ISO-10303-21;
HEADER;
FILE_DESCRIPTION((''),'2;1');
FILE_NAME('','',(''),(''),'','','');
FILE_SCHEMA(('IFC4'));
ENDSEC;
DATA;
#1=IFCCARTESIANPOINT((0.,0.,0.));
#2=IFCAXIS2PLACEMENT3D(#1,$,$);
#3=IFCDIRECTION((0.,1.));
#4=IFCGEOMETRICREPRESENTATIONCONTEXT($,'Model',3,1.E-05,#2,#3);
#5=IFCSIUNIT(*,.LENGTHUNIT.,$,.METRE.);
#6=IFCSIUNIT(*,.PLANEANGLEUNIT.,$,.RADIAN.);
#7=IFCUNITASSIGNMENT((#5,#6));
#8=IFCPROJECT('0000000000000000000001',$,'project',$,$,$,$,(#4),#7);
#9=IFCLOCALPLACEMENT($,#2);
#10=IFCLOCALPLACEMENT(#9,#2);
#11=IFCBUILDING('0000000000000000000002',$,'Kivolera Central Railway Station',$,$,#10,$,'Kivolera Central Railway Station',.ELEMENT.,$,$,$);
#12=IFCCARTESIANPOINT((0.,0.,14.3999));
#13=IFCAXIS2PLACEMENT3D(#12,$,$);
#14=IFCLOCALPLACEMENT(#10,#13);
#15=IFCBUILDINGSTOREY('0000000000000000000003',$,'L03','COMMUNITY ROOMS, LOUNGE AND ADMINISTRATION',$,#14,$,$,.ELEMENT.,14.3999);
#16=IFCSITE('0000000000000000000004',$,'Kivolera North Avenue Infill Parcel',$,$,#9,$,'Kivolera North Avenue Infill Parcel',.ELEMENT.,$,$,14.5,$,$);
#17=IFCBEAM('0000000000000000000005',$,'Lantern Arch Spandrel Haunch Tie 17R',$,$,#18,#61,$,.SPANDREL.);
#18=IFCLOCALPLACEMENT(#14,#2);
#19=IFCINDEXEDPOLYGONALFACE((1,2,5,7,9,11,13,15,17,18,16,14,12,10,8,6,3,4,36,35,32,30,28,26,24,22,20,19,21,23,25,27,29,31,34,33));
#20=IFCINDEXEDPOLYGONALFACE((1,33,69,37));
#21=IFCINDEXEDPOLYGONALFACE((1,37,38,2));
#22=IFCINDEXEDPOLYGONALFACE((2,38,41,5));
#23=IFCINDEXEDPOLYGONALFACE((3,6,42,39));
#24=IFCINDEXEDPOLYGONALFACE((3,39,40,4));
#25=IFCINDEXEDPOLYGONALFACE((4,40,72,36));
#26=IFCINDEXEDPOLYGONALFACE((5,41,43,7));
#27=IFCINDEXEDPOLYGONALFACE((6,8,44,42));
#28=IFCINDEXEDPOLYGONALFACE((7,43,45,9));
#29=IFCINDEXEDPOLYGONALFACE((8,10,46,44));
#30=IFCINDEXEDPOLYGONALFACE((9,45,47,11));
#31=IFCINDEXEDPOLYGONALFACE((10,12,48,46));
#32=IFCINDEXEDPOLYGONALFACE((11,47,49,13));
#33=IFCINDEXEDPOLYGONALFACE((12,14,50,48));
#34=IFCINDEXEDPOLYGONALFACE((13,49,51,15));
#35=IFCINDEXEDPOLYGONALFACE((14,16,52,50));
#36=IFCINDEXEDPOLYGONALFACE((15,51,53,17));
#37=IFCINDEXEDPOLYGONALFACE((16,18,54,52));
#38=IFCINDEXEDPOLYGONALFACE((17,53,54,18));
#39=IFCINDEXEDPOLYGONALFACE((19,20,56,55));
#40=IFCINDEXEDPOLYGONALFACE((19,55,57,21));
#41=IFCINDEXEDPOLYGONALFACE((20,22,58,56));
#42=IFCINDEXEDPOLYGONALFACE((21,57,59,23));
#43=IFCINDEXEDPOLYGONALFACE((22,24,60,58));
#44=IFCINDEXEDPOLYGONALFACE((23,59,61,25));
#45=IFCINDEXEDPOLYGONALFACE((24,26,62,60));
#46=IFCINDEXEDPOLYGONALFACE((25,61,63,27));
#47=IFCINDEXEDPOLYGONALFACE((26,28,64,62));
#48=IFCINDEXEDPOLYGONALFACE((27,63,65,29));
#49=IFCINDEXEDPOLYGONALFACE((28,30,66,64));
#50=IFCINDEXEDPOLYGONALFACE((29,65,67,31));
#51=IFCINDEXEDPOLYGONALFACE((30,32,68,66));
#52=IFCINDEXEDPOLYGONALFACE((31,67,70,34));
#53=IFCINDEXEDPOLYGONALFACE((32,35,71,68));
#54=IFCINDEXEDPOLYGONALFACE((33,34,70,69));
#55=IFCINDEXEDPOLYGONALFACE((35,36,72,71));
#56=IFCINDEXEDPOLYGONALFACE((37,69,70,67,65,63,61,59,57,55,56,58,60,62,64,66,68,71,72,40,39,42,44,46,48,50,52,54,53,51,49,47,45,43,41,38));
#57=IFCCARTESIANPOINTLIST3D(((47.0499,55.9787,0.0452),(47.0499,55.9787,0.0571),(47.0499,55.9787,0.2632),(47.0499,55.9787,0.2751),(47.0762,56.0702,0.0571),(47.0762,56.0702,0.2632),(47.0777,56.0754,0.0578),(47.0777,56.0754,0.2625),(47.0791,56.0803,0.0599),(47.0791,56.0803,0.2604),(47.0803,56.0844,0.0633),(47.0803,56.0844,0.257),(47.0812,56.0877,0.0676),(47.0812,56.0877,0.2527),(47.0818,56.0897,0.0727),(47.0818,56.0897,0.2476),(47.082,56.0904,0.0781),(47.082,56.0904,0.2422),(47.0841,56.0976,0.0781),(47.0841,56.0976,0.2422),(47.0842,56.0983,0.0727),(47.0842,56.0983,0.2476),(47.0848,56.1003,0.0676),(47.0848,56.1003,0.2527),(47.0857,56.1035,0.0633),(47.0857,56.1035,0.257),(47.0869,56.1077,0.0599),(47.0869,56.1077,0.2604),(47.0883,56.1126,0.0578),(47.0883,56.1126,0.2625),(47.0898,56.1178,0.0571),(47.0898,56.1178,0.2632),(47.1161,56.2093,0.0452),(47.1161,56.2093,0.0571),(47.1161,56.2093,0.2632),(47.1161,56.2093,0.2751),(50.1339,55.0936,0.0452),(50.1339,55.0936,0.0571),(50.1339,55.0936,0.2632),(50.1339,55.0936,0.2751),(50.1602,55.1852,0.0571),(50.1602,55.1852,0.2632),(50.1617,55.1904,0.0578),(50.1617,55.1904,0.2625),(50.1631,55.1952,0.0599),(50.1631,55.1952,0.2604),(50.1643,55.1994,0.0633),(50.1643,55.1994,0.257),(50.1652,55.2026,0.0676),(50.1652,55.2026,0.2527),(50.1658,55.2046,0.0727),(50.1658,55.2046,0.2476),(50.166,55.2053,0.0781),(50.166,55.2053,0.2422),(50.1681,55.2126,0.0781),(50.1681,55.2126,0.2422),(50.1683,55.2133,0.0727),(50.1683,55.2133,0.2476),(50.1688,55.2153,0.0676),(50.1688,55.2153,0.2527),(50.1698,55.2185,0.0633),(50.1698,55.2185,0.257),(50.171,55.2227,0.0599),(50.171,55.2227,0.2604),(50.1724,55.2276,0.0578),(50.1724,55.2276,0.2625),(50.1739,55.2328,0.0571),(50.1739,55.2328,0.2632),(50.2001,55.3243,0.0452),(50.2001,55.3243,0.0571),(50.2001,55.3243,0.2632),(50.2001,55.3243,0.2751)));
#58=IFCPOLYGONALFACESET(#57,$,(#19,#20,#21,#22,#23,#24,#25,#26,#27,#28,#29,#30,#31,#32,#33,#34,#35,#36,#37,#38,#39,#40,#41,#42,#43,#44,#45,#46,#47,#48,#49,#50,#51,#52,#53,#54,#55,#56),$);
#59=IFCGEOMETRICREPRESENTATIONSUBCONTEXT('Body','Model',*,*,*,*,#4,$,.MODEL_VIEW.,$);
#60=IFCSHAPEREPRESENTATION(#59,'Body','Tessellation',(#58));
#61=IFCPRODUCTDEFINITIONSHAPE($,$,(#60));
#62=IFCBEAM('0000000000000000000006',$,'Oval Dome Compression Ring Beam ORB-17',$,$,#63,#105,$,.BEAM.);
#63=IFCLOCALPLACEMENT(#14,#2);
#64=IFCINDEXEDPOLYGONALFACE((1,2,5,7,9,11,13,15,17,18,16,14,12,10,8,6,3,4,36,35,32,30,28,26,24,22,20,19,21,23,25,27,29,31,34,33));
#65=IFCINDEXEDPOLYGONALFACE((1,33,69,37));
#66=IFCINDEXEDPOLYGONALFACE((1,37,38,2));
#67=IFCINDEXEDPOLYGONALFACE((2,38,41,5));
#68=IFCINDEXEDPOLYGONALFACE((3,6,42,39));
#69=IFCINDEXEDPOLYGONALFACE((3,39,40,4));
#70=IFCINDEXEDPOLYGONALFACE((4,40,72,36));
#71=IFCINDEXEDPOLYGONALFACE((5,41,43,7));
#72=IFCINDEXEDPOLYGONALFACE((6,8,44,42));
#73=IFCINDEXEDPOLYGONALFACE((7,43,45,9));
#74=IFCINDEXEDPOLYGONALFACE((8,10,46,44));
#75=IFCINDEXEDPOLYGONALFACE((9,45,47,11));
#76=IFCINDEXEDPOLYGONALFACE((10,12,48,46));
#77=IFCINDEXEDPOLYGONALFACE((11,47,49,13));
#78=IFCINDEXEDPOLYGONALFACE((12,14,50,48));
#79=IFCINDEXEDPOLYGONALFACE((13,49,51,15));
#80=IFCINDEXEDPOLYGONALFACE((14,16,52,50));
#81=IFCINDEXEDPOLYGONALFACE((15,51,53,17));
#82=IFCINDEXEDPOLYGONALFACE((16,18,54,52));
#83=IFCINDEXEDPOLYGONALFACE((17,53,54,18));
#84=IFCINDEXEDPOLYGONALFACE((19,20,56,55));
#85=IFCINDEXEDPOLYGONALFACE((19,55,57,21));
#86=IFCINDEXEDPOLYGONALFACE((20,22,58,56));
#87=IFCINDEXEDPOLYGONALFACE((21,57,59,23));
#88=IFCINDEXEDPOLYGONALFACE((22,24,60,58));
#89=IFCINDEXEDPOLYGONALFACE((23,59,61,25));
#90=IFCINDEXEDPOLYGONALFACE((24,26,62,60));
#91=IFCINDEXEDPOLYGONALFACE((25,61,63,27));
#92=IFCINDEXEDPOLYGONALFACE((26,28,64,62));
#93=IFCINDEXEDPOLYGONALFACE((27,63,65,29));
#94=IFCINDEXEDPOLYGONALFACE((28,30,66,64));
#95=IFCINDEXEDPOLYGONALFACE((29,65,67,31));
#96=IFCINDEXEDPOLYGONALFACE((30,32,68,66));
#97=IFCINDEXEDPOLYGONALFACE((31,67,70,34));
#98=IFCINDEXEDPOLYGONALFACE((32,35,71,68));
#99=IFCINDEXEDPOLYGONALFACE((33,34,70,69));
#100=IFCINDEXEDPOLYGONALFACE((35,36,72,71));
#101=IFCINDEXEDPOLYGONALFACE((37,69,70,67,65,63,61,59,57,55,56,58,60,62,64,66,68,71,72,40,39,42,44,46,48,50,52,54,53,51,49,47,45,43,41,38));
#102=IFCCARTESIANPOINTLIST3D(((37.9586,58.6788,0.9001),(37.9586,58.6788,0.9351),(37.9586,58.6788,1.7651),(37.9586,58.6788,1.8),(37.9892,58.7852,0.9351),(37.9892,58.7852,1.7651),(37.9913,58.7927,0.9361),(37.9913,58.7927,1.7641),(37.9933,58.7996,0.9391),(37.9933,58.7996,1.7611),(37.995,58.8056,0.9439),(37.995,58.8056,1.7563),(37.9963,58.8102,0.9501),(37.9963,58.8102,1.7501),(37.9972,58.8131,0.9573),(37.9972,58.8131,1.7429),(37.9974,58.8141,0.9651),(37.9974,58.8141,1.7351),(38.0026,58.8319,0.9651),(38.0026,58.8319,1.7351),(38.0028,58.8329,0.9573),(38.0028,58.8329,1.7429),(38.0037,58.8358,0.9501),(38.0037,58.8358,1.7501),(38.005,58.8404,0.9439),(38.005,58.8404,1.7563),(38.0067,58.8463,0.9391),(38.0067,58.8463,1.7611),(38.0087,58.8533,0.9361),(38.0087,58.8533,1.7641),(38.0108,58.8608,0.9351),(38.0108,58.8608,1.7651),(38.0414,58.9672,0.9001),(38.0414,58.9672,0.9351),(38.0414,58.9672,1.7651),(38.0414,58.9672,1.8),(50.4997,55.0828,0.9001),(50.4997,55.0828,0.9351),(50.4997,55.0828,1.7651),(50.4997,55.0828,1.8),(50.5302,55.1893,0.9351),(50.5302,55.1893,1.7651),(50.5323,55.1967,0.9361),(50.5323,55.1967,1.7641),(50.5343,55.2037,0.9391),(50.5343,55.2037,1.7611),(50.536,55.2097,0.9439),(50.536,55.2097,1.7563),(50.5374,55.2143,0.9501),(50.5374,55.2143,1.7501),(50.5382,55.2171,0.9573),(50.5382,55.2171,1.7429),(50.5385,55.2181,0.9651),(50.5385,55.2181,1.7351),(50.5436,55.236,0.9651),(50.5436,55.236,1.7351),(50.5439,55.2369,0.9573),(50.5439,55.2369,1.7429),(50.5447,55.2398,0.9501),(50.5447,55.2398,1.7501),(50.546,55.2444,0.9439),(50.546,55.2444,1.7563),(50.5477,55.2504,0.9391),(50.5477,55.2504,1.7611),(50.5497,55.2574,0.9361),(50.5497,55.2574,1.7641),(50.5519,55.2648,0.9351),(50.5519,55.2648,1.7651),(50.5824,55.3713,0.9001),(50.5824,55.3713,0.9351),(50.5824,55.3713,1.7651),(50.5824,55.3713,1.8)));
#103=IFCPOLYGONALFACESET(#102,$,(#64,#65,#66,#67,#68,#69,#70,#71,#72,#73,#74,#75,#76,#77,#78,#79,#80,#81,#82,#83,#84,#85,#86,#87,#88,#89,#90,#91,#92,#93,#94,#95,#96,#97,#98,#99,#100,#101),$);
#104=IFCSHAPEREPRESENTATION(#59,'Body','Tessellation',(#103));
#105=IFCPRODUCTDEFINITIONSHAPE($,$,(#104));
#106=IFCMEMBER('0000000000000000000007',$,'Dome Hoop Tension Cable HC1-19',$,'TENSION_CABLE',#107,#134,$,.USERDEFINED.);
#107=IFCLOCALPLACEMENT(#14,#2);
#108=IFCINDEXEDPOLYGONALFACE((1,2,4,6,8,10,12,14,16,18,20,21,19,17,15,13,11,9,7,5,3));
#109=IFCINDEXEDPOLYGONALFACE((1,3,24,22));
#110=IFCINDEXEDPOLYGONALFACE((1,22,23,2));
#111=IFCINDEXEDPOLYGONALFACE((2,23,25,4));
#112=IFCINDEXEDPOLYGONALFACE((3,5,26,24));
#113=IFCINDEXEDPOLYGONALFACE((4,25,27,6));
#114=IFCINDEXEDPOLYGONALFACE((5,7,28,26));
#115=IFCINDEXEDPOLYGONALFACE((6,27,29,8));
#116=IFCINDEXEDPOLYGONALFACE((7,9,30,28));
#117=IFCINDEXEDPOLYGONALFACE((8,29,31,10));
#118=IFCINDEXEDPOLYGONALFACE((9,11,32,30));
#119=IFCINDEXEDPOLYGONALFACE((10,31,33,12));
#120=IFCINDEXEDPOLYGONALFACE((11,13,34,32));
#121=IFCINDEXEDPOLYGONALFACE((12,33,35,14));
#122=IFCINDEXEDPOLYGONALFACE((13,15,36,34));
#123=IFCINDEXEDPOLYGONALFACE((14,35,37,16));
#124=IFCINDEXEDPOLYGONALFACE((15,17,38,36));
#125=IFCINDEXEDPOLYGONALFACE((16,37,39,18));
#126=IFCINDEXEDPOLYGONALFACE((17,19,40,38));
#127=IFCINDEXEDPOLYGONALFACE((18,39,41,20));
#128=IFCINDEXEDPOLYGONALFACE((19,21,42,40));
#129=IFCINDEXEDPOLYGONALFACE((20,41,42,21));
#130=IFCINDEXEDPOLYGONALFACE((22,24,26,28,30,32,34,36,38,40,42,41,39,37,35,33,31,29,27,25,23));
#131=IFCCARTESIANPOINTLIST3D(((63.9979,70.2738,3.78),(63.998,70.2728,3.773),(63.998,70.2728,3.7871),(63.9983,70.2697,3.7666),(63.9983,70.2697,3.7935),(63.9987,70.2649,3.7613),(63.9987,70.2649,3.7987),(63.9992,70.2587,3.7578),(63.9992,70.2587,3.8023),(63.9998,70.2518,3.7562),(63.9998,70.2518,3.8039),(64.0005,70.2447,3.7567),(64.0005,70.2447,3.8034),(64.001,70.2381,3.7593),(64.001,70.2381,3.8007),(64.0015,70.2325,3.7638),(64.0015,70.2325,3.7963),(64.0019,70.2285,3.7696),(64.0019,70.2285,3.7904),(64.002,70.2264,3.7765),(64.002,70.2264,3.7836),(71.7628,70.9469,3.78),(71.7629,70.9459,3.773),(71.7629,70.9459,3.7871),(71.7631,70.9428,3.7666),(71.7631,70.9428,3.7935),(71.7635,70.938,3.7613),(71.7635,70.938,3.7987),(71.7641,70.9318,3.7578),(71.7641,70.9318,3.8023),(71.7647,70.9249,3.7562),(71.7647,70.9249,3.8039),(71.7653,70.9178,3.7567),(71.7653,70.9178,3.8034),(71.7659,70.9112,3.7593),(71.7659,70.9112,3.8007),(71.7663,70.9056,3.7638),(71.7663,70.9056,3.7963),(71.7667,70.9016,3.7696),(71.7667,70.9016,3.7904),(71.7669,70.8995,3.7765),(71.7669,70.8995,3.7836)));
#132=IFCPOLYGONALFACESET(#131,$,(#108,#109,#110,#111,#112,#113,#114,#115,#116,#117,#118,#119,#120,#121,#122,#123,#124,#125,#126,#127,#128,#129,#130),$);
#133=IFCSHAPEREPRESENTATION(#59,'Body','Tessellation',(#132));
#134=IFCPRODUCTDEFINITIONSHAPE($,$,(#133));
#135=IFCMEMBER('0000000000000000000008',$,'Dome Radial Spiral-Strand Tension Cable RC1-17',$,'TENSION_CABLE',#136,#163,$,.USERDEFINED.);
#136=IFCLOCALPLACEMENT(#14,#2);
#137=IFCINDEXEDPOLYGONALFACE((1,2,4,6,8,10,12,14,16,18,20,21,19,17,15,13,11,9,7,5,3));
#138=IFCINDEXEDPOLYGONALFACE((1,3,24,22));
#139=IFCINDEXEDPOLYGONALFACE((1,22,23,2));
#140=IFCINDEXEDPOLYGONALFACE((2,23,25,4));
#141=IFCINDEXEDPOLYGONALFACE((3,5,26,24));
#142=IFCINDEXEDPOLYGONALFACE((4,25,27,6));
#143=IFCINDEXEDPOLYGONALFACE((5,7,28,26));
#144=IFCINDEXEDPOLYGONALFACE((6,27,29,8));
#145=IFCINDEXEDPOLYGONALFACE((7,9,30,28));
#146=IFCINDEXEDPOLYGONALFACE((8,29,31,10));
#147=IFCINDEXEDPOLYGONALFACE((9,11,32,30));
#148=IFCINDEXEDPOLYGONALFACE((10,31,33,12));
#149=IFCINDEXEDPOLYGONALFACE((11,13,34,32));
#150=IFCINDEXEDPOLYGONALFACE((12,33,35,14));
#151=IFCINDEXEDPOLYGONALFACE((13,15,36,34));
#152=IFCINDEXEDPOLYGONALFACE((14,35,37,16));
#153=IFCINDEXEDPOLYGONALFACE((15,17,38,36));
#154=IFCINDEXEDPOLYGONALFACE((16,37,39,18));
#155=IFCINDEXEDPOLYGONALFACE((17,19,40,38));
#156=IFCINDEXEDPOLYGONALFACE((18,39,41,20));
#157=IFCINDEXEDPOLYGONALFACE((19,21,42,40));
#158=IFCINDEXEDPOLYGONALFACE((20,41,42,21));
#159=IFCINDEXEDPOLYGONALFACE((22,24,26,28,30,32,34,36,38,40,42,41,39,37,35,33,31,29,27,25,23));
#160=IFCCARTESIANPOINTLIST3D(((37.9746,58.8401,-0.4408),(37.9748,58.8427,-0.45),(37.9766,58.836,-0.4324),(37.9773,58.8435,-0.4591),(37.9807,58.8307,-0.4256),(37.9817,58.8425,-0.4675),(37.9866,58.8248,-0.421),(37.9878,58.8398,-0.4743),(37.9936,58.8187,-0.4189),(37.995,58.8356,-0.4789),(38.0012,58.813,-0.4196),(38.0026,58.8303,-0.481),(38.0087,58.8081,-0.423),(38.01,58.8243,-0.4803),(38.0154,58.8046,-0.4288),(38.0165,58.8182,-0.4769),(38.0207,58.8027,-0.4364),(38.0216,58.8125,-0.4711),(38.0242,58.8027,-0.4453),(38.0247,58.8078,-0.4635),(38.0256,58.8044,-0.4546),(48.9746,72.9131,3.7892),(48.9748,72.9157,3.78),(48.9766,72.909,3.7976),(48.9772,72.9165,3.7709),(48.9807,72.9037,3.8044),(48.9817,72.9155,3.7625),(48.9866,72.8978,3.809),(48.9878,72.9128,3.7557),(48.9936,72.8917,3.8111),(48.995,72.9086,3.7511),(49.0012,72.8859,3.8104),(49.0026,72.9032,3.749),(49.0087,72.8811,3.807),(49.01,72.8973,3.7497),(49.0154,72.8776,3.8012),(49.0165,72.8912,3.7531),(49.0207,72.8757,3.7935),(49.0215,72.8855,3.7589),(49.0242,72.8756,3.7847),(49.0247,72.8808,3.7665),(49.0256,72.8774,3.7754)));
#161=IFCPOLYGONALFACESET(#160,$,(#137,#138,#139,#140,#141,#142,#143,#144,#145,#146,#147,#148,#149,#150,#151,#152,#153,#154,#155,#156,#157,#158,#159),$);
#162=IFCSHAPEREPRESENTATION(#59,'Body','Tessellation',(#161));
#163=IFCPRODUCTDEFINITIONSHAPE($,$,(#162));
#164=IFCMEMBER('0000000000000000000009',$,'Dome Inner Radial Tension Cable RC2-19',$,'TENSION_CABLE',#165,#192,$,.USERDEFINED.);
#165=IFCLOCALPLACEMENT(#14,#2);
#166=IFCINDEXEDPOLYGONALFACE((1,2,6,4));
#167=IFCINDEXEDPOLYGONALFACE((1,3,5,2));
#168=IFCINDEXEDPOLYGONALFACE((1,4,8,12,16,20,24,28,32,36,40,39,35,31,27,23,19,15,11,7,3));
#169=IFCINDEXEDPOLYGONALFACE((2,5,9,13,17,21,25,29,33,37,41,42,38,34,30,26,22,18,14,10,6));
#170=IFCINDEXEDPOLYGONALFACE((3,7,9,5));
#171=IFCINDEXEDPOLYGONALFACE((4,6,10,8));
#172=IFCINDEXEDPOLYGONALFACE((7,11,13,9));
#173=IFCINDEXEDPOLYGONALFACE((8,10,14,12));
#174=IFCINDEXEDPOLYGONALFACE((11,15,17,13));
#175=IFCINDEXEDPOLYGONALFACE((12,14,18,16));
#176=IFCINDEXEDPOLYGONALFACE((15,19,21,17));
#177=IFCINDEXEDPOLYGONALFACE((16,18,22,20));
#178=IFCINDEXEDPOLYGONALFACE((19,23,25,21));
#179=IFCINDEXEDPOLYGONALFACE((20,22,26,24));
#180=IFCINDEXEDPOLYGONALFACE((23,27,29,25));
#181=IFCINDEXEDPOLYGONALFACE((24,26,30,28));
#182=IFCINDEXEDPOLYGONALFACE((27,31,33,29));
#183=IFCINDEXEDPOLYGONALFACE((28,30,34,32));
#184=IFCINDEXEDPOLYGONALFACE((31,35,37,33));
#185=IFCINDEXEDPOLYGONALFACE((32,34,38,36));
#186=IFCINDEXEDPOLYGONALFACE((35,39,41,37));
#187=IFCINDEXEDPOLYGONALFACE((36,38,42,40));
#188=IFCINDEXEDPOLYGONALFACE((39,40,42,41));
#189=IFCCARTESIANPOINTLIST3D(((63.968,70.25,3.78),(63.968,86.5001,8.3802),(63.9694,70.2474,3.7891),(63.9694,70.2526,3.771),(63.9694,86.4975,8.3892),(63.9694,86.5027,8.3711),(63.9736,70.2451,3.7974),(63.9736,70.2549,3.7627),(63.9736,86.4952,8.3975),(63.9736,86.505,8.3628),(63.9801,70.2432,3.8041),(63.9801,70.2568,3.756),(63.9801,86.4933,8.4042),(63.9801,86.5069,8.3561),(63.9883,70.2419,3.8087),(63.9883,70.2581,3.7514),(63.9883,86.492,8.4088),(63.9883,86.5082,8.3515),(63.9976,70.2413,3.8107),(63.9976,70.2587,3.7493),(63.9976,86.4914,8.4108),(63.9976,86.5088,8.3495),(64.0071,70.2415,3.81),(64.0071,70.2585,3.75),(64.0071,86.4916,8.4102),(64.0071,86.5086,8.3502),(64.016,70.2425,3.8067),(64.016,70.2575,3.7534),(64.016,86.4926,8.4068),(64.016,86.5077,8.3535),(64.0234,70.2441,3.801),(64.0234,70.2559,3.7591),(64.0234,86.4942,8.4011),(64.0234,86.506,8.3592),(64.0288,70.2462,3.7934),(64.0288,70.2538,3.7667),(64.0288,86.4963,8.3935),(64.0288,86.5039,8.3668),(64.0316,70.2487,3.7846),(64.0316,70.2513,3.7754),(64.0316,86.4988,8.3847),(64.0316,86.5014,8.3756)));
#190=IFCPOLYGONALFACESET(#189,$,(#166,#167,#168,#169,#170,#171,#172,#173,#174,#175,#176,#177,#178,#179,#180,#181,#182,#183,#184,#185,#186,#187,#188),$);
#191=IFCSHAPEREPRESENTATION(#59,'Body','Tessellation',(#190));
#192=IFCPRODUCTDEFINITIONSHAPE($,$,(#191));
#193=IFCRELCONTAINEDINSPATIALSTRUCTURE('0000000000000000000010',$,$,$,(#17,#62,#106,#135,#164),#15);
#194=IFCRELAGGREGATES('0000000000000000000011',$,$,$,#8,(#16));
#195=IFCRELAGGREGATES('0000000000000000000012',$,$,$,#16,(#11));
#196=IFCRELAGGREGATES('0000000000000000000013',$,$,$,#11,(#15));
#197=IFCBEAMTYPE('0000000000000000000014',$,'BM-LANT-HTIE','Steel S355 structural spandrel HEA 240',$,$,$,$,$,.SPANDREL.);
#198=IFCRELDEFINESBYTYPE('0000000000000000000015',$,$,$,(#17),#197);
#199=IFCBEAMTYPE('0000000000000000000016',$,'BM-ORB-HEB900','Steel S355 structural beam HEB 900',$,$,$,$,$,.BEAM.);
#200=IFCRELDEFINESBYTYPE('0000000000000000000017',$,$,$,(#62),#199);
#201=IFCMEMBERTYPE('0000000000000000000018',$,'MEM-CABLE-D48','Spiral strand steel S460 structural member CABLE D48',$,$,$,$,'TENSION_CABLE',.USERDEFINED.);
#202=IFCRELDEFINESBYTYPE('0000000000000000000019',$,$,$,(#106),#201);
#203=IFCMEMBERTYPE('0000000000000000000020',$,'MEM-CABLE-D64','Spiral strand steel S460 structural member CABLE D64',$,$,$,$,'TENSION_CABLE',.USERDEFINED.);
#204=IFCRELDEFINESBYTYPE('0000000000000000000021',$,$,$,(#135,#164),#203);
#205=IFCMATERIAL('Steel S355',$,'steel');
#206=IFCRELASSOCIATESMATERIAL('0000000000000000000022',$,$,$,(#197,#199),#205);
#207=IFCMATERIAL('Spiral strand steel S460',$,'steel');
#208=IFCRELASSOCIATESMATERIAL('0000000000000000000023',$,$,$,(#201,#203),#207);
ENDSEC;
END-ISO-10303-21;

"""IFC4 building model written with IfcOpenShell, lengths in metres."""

from ifc_helpers import new_model, si_unit, direction, frame, origin, origin_2d, place, context, subcontext, project, spatial, circle, i_section, extrude, material, material_profile, profile_set, type_object, element, save


model = new_model("IFC4")

# Units and contexts
model_context = context("Model", 3, precision=1e-05, world=origin(), true_north=direction((0.0, 1.0)))
body_context = subcontext(model_context, "Body", "Model", "MODEL_VIEW")
ifc_project = project(units=[si_unit("LENGTHUNIT", "METRE"), si_unit("PLANEANGLEUNIT", "RADIAN")], contexts=[model_context])

# Site, building, storey
site_placement = place(None, origin())
site = spatial("IfcSite", under=ifc_project, at=site_placement, Name="Kivolera North Avenue Infill Parcel", LongName="Kivolera North Avenue Infill Parcel", CompositionType="ELEMENT", RefElevation=14.5)
building_placement = place(site_placement, origin())
building = spatial("IfcBuilding", under=site, at=building_placement, Name="Kivolera Central Railway Station", LongName="Kivolera Central Railway Station", CompositionType="ELEMENT")
storey_placement = place(building_placement, frame((0.0, 0.0, 14.3999)))
storey = spatial("IfcBuildingStorey", under=building, at=storey_placement, Name="L03", Description="COMMUNITY ROOMS, LOUNGE AND ADMINISTRATION", CompositionType="ELEMENT", Elevation=14.3999)

# Beams
ifc_material_1 = material(Name="Steel S355", Category="steel")
ifc_material_profile_1 = material_profile(ifc_material_1, i_section(OverallWidth=0.24, OverallDepth=0.23, WebThickness=0.0076, FlangeThickness=0.012, FilletRadius=0.021, at=origin_2d()), Name="HEA 240")
ifc_profile_set_1 = profile_set([ifc_material_profile_1], Name="Steel S355")
beam_type_1 = type_object("IfcBeamType", Name="BM-LANT-HTIE", Description="Steel S355 structural spandrel HEA 240", PredefinedType="SPANDREL", material=ifc_profile_set_1)
beam_1_placement = place(storey_placement, frame((47.083, 56.094, 0.1602), z_axis=(0.961205, -0.275836, 0.0), x_axis=(0.275836, 0.961205, 0.0)))
element("IfcBeam", 1, at=beam_1_placement, inside=storey, type_object=beam_type_1, Name="Lantern Arch Spandrel Haunch Tie 17R", PredefinedType="SPANDREL", context=body_context, shape_type="SweptSolid", body=[
    extrude(i_section(OverallWidth=0.24, OverallDepth=0.23, WebThickness=0.0076, FlangeThickness=0.012, FilletRadius=0.021, at=origin_2d()), origin(), (0.0, 0.0, 1.0), 3.2085),
])
ifc_material_profile_2 = material_profile(ifc_material_1, i_section(OverallWidth=0.3, OverallDepth=0.8999, WebThickness=0.0186, FlangeThickness=0.0349, FilletRadius=0.03, at=origin_2d()), Name="HEB 900")
ifc_profile_set_2 = profile_set([ifc_material_profile_2], Name="Steel S355")
beam_type_2 = type_object("IfcBeamType", Name="BM-ORB-HEB900", Description="Steel S355 structural beam HEB 900", PredefinedType="BEAM", material=ifc_profile_set_2)
beam_2_placement = place(storey_placement, frame((38.0, 58.823, 1.3501), z_axis=(0.961264, -0.275628, 0.0), x_axis=(0.275628, 0.961264, 0.0)))
element("IfcBeam", 2, at=beam_2_placement, inside=storey, type_object=beam_type_2, Name="Oval Dome Compression Ring Beam ORB-17", PredefinedType="BEAM", context=body_context, shape_type="SweptSolid", body=[
    extrude(i_section(OverallWidth=0.3, OverallDepth=0.8999, WebThickness=0.0186, FlangeThickness=0.0349, FilletRadius=0.03, at=origin_2d()), origin(), (0.0, 0.0, 1.0), 13.0464),
])

# Members
ifc_material_2 = material(Name="Spiral strand steel S460", Category="steel")
ifc_material_profile_3 = material_profile(ifc_material_2, circle(Radius=0.0239, at=origin_2d()), Name="CABLE D48")
ifc_profile_set_3 = profile_set([ifc_material_profile_3], Name="Spiral strand steel S460")
member_type_1 = type_object("IfcMemberType", Name="MEM-CABLE-D48", Description="Spiral strand steel S460 structural member CABLE D48", ElementType="TENSION_CABLE", PredefinedType="USERDEFINED", material=ifc_profile_set_3)
member_1_placement = place(storey_placement, frame((64.0, 70.25, 3.78), z_axis=(0.996264, 0.086361, 0.0), x_axis=(-0.086361, 0.996264, 0.0)))
element("IfcMember", 3, at=member_1_placement, inside=storey, type_object=member_type_1, Name="Dome Hoop Tension Cable HC1-19", ObjectType="TENSION_CABLE", PredefinedType="USERDEFINED", context=body_context, shape_type="SweptSolid", body=[
    extrude(circle(Radius=0.0239, at=origin_2d()), origin(), (0.0, 0.0, 1.0), 7.7939),
])
ifc_material_profile_4 = material_profile(ifc_material_2, circle(Radius=0.032, at=origin_2d()), Name="CABLE D64")
ifc_profile_set_4 = profile_set([ifc_material_profile_4], Name="Spiral strand steel S460")
member_type_2 = type_object("IfcMemberType", Name="MEM-CABLE-D64", Description="Spiral strand steel S460 structural member CABLE D64", ElementType="TENSION_CABLE", PredefinedType="USERDEFINED", material=ifc_profile_set_4)
member_2_placement = place(storey_placement, frame((38.0, 58.823, -0.45), z_axis=(0.59926, 0.766671, 0.230442), x_axis=(-0.787876, 0.615834, 0.0)))
element("IfcMember", 4, at=member_2_placement, inside=storey, type_object=member_type_2, Name="Dome Radial Spiral-Strand Tension Cable RC1-17", ObjectType="TENSION_CABLE", PredefinedType="USERDEFINED", context=body_context, shape_type="SweptSolid", body=[
    extrude(circle(Radius=0.032, at=origin_2d()), origin(), (0.0, 0.0, 1.0), 18.356),
])
member_3_placement = place(storey_placement, frame((64.0, 70.25, 3.78), z_axis=(0.0, 0.96219, 0.27238), x_axis=(-1.0, 0.0, 0.0)))
element("IfcMember", 5, at=member_3_placement, inside=storey, type_object=member_type_2, Name="Dome Inner Radial Tension Cable RC2-19", ObjectType="TENSION_CABLE", PredefinedType="USERDEFINED", context=body_context, shape_type="SweptSolid", body=[
    extrude(circle(Radius=0.032, at=origin_2d()), origin(), (0.0, 0.0, 1.0), 16.8887),
])

save(model, "model.ifc")
